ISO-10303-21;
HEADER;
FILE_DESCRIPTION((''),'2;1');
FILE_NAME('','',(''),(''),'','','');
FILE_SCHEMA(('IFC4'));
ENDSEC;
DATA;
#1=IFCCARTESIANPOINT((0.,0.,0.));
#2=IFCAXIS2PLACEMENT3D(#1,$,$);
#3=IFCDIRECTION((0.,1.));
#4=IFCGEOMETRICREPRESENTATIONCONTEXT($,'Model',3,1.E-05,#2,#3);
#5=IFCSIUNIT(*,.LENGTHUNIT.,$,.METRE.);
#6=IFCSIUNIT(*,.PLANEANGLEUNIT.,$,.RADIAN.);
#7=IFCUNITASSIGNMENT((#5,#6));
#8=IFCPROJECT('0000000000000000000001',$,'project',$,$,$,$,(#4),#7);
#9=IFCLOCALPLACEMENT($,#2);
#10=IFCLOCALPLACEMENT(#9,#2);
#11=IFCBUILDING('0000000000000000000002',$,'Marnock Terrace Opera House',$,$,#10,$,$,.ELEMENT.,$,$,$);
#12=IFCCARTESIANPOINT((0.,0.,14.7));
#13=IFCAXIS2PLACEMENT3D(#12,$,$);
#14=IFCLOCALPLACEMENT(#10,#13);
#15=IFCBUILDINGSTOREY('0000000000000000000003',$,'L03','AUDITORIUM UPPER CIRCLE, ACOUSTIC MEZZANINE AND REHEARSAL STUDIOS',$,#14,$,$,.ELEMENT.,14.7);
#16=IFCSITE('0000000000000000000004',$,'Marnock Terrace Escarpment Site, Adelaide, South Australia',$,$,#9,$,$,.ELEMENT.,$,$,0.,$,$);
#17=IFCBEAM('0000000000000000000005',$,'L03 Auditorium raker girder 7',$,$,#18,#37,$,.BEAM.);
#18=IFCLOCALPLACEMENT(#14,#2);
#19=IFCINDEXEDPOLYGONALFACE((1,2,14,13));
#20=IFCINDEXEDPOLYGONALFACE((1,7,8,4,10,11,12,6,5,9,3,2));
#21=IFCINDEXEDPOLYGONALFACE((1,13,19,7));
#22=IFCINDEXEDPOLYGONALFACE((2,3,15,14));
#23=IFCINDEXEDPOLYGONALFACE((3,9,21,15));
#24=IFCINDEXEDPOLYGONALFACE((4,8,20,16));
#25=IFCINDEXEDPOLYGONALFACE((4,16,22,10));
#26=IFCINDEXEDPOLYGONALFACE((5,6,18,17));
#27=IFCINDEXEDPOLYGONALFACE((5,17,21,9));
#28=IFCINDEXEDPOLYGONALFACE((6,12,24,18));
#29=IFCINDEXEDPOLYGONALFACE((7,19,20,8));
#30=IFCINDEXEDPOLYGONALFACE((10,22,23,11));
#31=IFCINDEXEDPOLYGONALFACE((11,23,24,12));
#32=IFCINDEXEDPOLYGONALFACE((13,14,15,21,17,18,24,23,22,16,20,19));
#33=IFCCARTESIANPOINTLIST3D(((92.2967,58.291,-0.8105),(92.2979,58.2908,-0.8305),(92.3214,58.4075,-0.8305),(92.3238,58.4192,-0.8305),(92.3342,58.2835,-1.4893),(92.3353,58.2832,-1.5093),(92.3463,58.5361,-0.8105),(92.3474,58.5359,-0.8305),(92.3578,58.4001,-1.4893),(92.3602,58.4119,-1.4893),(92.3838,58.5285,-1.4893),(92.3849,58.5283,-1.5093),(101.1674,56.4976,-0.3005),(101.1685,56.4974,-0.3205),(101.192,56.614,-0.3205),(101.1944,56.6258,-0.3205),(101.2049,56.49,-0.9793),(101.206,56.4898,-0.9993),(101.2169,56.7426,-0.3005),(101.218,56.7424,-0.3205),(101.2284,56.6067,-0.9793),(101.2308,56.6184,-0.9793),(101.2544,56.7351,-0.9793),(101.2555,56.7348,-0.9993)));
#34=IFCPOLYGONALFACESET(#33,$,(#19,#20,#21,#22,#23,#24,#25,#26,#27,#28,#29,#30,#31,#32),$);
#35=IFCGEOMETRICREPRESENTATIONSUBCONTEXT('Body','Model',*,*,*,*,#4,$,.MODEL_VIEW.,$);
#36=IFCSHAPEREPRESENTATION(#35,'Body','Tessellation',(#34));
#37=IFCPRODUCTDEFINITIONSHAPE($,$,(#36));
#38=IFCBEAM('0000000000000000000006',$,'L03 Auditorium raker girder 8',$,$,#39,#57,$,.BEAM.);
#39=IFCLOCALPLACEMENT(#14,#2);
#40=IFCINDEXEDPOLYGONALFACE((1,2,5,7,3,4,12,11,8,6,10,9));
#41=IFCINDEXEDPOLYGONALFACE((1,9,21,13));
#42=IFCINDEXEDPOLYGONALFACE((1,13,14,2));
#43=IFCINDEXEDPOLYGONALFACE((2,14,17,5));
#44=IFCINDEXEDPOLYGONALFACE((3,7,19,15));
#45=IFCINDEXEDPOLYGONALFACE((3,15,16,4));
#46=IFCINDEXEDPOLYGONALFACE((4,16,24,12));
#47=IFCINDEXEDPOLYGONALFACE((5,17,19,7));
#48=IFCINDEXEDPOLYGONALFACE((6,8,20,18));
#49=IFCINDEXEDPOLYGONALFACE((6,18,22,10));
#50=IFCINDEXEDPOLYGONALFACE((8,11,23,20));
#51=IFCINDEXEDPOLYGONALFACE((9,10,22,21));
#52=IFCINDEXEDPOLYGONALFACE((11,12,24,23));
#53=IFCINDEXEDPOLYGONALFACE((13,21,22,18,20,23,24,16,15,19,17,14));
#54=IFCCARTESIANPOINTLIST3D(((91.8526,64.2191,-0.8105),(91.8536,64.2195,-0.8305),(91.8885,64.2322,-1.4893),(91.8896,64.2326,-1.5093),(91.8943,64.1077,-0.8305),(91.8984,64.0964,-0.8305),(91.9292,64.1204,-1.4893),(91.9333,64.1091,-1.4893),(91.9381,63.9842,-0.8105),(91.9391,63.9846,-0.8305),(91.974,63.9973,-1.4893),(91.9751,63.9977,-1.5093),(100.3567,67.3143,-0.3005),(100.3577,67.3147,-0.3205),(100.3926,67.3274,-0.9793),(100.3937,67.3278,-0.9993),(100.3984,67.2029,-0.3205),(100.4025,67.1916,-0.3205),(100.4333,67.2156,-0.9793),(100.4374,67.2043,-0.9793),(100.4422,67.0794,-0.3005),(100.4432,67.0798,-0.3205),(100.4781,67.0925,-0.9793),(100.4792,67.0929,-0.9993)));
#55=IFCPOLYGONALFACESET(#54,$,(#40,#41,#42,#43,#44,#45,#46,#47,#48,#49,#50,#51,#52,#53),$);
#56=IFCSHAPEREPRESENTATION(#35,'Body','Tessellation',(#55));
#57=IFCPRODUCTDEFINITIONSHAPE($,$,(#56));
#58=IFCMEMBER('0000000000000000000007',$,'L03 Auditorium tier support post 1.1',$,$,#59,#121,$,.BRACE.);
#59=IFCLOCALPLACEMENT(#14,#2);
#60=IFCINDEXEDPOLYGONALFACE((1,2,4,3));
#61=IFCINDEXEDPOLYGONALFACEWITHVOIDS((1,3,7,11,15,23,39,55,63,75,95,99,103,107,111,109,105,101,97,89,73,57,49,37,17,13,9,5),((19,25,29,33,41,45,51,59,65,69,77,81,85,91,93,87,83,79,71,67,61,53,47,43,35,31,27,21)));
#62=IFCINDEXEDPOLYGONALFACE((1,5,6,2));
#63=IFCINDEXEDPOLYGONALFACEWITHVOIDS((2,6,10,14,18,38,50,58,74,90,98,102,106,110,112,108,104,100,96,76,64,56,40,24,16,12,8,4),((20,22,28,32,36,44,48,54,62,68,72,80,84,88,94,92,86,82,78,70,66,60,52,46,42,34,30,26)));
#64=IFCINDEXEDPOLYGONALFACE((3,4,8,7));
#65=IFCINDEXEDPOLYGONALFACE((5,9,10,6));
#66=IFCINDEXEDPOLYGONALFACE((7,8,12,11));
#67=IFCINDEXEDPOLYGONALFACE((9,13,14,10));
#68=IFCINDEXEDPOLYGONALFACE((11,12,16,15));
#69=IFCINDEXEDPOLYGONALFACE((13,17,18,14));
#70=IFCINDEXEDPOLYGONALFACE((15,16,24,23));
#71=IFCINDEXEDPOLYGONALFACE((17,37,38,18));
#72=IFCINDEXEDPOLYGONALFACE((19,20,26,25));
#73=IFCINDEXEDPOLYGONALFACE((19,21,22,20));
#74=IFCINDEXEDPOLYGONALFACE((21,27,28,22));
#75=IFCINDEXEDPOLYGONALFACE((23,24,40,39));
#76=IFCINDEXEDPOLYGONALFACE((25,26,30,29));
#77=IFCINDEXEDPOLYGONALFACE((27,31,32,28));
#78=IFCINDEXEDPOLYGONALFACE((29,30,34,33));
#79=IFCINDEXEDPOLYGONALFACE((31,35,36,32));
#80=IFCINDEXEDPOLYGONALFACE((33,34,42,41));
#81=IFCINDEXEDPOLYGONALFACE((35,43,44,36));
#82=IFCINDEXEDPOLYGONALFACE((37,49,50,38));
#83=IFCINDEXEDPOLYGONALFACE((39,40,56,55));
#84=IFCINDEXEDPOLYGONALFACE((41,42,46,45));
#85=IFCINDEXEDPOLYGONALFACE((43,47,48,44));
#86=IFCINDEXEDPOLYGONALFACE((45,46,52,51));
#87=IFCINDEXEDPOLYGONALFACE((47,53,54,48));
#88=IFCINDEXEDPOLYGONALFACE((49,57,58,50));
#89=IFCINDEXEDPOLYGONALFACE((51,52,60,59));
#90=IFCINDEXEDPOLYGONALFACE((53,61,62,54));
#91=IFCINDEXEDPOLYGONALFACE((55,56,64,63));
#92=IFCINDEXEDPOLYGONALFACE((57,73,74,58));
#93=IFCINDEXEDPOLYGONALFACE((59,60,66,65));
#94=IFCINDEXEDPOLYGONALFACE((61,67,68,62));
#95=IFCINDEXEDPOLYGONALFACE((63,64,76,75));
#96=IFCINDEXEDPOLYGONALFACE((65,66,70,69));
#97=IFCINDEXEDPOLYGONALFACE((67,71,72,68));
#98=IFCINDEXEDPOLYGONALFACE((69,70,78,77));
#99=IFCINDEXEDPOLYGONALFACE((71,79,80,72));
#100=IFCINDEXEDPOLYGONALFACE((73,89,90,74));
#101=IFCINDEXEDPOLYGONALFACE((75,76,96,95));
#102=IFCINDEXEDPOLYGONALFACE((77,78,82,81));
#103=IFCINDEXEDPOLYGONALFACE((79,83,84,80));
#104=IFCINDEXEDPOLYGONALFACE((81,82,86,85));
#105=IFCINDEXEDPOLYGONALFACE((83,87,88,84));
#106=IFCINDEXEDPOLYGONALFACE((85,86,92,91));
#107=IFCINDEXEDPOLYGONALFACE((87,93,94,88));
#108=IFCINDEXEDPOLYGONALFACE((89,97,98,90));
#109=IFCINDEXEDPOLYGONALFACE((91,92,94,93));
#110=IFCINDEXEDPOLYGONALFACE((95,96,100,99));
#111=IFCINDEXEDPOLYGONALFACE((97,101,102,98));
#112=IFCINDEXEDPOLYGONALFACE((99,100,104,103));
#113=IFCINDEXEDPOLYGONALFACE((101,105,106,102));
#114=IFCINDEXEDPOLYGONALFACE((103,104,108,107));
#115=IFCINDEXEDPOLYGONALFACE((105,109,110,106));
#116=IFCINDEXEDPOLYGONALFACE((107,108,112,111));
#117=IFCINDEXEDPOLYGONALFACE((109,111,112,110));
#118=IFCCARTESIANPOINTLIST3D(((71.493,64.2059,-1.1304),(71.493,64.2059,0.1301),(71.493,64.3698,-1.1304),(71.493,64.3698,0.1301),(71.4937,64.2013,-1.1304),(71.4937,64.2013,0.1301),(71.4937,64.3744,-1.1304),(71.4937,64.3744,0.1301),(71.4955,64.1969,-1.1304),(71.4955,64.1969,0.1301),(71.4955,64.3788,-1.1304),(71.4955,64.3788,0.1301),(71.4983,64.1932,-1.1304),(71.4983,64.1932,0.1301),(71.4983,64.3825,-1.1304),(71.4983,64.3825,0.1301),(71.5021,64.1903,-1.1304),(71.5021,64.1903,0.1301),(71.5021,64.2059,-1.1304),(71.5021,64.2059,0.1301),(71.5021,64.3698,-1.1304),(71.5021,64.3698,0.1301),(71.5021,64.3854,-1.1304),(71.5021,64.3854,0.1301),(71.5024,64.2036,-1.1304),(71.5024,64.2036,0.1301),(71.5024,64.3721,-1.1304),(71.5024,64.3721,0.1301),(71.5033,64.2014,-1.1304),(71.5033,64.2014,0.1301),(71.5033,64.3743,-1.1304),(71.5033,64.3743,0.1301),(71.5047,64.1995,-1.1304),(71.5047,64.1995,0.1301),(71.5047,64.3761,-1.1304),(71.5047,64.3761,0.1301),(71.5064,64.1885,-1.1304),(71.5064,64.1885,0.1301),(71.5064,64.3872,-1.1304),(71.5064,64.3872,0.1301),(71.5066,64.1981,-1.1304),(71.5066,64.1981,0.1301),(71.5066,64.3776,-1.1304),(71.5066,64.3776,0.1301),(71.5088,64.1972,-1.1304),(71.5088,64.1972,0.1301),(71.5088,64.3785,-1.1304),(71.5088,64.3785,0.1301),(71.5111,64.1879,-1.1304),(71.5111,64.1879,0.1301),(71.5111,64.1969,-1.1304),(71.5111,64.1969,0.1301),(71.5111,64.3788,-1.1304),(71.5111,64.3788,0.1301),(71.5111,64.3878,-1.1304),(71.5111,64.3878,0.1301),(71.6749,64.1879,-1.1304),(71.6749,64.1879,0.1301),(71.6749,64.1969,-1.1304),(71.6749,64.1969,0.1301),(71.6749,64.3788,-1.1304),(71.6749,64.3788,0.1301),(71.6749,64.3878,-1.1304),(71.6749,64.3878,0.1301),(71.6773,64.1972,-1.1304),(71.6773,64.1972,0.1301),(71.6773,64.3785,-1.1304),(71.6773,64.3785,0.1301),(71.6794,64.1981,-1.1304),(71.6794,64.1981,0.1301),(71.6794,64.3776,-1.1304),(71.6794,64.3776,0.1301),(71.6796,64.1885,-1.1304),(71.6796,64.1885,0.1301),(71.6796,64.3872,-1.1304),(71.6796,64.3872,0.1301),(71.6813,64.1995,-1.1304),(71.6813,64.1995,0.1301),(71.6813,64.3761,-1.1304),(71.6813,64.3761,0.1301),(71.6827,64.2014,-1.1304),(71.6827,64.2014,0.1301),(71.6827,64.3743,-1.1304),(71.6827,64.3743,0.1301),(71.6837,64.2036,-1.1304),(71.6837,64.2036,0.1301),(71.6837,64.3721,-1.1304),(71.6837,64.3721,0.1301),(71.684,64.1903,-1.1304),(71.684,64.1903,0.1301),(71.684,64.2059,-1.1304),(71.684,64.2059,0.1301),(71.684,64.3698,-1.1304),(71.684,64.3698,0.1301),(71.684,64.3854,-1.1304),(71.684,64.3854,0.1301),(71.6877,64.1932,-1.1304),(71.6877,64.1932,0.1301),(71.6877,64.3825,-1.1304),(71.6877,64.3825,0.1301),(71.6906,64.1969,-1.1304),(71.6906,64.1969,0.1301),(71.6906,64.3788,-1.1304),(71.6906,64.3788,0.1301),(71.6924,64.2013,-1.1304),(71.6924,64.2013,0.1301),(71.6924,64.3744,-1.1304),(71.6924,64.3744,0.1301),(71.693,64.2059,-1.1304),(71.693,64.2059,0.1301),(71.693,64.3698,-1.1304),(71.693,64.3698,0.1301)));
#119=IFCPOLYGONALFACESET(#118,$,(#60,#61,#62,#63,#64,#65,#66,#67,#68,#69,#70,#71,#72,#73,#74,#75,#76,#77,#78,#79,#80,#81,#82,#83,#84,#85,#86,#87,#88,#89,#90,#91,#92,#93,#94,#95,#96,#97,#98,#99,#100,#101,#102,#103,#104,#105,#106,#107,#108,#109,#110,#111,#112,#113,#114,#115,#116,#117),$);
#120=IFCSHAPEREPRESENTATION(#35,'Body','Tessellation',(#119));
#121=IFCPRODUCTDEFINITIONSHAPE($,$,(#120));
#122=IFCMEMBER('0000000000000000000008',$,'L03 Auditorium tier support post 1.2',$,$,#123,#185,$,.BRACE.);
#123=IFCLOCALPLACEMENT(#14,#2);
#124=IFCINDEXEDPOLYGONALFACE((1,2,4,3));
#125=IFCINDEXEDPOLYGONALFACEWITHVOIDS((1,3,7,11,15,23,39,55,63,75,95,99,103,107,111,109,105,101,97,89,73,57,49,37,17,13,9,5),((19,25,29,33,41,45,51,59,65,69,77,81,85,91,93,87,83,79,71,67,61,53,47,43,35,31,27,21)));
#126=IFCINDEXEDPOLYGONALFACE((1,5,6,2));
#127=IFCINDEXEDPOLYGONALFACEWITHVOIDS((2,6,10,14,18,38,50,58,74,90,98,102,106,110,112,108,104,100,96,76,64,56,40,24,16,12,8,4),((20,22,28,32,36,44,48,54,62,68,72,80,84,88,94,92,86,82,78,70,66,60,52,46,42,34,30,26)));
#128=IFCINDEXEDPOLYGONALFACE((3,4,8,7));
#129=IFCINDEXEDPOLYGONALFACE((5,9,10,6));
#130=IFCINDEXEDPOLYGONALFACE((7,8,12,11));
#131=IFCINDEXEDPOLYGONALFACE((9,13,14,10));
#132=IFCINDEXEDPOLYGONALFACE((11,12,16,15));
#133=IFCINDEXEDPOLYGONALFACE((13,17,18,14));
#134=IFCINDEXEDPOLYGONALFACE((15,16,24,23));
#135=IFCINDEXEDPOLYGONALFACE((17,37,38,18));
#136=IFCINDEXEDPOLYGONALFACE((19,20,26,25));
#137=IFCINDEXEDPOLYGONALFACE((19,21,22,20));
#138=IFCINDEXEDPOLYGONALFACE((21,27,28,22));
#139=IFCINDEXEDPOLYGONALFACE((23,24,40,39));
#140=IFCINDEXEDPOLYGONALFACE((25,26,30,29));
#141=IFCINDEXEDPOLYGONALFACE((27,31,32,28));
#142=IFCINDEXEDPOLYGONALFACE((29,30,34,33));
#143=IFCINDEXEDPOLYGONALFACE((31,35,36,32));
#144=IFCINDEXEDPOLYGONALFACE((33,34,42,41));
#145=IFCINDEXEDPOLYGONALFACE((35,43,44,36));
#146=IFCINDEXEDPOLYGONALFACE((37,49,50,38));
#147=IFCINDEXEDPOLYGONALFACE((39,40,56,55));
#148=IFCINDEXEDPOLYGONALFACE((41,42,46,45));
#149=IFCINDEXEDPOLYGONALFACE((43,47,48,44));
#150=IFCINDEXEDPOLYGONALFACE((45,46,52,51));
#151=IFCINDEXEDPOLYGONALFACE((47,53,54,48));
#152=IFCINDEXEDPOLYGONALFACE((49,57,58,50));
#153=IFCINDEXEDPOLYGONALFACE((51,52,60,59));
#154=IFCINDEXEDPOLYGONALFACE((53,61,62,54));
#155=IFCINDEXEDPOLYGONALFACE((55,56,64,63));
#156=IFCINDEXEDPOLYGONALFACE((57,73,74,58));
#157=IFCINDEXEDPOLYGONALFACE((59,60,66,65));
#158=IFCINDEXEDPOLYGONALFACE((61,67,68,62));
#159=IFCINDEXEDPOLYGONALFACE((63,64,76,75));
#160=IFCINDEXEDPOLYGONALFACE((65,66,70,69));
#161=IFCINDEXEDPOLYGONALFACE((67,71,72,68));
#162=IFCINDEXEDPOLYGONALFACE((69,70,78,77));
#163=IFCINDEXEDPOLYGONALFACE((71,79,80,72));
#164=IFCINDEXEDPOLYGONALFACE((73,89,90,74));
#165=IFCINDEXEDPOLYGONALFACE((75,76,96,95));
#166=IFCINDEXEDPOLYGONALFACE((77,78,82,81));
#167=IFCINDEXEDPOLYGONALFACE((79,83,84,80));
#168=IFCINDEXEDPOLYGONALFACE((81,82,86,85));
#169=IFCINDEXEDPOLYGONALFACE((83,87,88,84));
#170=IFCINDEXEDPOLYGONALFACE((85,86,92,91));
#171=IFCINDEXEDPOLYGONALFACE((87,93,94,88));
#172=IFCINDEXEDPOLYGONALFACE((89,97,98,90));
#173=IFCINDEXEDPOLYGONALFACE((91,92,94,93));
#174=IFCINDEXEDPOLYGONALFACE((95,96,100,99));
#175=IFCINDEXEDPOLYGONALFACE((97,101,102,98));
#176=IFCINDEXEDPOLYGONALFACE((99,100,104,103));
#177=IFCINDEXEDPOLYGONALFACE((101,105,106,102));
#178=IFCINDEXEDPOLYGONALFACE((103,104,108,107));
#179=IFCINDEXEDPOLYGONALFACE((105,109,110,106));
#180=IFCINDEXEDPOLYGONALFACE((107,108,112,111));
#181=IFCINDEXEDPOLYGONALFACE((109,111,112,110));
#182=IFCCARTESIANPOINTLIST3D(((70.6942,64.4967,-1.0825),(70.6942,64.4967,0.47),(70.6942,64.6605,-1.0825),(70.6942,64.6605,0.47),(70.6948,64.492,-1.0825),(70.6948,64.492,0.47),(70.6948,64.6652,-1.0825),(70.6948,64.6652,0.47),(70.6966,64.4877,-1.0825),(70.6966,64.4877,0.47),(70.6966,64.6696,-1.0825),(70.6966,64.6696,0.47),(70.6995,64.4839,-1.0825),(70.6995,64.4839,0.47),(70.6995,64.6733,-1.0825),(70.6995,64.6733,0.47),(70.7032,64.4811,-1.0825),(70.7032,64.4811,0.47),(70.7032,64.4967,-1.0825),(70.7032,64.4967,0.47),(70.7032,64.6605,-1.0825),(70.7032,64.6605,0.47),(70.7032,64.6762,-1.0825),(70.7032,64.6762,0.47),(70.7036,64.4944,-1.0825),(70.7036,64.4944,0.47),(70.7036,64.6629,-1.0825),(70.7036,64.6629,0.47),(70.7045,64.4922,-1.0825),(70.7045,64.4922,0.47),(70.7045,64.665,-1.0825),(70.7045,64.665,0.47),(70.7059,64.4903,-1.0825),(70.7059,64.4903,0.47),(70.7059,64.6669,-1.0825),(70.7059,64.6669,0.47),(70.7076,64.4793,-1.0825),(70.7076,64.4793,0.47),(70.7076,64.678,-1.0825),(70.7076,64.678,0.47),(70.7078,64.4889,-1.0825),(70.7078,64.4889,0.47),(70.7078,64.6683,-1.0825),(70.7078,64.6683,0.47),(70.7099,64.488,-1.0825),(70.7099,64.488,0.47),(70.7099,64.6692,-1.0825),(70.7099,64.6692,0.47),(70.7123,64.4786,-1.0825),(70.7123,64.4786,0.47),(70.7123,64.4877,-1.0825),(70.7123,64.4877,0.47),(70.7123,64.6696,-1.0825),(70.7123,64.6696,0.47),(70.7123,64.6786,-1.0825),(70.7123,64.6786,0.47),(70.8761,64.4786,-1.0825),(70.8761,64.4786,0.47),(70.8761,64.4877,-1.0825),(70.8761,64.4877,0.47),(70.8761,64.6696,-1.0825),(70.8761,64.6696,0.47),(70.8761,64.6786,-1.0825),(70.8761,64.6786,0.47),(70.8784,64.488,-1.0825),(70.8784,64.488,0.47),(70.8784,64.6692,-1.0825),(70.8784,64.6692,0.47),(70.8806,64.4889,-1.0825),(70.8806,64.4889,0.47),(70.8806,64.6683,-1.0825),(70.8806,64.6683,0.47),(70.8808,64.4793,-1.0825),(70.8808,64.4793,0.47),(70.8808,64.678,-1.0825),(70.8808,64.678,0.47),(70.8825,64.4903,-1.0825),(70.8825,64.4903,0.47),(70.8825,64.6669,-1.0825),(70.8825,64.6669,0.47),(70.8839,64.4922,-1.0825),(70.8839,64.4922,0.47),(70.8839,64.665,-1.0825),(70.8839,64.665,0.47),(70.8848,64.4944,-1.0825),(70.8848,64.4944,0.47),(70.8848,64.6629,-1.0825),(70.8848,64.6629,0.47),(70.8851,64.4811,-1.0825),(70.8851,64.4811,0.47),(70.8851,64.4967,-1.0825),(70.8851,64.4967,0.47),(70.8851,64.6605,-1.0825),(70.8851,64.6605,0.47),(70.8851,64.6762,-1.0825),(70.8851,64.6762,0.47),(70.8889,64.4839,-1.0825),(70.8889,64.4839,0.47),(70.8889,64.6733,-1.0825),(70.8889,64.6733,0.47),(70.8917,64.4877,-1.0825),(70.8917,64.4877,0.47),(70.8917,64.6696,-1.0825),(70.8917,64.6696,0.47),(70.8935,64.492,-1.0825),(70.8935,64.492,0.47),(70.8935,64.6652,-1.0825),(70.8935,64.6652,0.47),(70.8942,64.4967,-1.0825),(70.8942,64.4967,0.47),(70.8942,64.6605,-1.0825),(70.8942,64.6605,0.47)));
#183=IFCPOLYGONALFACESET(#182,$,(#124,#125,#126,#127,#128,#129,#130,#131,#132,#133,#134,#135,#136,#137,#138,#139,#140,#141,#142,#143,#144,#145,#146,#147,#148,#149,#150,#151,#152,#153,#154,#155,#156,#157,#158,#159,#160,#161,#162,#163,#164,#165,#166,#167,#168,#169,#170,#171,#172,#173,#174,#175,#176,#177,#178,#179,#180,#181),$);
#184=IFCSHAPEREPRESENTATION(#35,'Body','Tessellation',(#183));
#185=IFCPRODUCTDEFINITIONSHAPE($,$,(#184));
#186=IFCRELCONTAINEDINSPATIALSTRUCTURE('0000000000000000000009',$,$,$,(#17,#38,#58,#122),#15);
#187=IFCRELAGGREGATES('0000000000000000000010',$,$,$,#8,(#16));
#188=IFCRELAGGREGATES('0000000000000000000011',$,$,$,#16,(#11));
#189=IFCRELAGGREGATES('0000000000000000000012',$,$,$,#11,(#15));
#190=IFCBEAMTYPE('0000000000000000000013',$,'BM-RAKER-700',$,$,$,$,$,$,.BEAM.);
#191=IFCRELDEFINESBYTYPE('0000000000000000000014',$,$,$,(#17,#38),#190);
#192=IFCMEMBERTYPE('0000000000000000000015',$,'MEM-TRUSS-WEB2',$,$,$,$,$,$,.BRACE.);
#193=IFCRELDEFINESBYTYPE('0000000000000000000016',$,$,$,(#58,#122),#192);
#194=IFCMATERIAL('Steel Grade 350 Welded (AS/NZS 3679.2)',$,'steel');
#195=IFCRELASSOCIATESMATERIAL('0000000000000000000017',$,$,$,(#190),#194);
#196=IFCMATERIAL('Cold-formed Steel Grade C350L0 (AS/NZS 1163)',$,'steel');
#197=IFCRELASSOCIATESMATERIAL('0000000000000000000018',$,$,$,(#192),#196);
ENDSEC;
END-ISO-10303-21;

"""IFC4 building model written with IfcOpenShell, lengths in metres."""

from ifc_helpers import new_model, si_unit, direction, frame, origin, origin_2d, place, context, subcontext, project, spatial, hollow_rectangle, i_section, extrude, material, material_profile, profile_set, type_object, element, save


model = new_model("IFC4")

# Units and contexts
model_context = context("Model", 3, precision=1e-05, world=origin(), true_north=direction((0.0, 1.0)))
body_context = subcontext(model_context, "Body", "Model", "MODEL_VIEW")
ifc_project = project(units=[si_unit("LENGTHUNIT", "METRE"), si_unit("PLANEANGLEUNIT", "RADIAN")], contexts=[model_context])

# Site, building, storey
site_placement = place(None, origin())
site = spatial("IfcSite", under=ifc_project, at=site_placement, Name="Marnock Terrace Escarpment Site, Adelaide, South Australia", CompositionType="ELEMENT", RefElevation=0.0)
building_placement = place(site_placement, origin())
building = spatial("IfcBuilding", under=site, at=building_placement, Name="Marnock Terrace Opera House", CompositionType="ELEMENT")
storey_placement = place(building_placement, frame((0.0, 0.0, 14.7)))
storey = spatial("IfcBuildingStorey", under=building, at=storey_placement, Name="L03", Description="AUDITORIUM UPPER CIRCLE, ACOUSTIC MEZZANINE AND REHEARSAL STUDIOS", CompositionType="ELEMENT", Elevation=14.7)

# Beams
ifc_material_1 = material(Name="Steel Grade 350 Welded (AS/NZS 3679.2)", Category="steel")
ifc_material_profile_1 = material_profile(ifc_material_1, i_section(OverallWidth=0.25, OverallDepth=0.7, WebThickness=0.012, FlangeThickness=0.02, at=origin_2d()))
ifc_profile_set_1 = profile_set([ifc_material_profile_1], Name="Steel Grade 350 Welded (AS/NZS 3679.2)")
beam_type = type_object("IfcBeamType", Name="BM-RAKER-700", PredefinedType="BEAM", material=ifc_profile_set_1)
for number, where, z_axis, x_axis, name in (
    (1, (92.3408, 58.4097, -1.1599), (0.978615, -0.197856, 0.056265), (0.19817, 0.980168, 0.0), "L03 Auditorium raker girder 7"),
):
    element("IfcBeam", number, at=place(storey_placement, frame(where, z_axis=z_axis, x_axis=x_axis)), inside=storey, type_object=beam_type, Name=name, PredefinedType="BEAM", context=body_context, shape_type="SweptSolid", body=[
        extrude(i_section(OverallWidth=0.25, OverallDepth=0.7, WebThickness=0.012, FlangeThickness=0.02, at=origin_2d()), origin(), (0.0, 0.0, 1.0), 9.0645),
    ])
beam_1_placement = place(storey_placement, frame((91.9138, 64.1084, -1.1599), z_axis=(0.938205, 0.341474, 0.056266), x_axis=(-0.342016, 0.939694, 0.0)))
element("IfcBeam", 2, at=beam_1_placement, inside=storey, type_object=beam_type, Name="L03 Auditorium raker girder 8", PredefinedType="BEAM", context=body_context, shape_type="SweptSolid", body=[
    extrude(i_section(OverallWidth=0.25, OverallDepth=0.7, WebThickness=0.012, FlangeThickness=0.02, at=origin_2d()), origin(), (0.0, 0.0, 1.0), 9.0642),
])

# Members
ifc_material_2 = material(Name="Cold-formed Steel Grade C350L0 (AS/NZS 1163)", Category="steel")
ifc_material_profile_2 = material_profile(ifc_material_2, hollow_rectangle(XDim=0.2, YDim=0.2, WallThickness=0.009, InnerFilletRadius=0.009, OuterFilletRadius=0.0181, at=origin_2d()))
ifc_profile_set_2 = profile_set([ifc_material_profile_2], Name="Cold-formed Steel Grade C350L0 (AS/NZS 1163)")
member_type = type_object("IfcMemberType", Name="MEM-TRUSS-WEB2", PredefinedType="BRACE", material=ifc_profile_set_2)
member_1_placement = place(storey_placement, frame((71.593, 64.2878, -1.1304), z_axis=(0.0, 0.0, 1.0), x_axis=(1.0, 0.0, 0.0)))
element("IfcMember", 3, at=member_1_placement, inside=storey, type_object=member_type, Name="L03 Auditorium tier support post 1.1", PredefinedType="BRACE", context=body_context, shape_type="SweptSolid", body=[
    extrude(hollow_rectangle(XDim=0.2, YDim=0.2, WallThickness=0.009, InnerFilletRadius=0.009, OuterFilletRadius=0.0181, at=origin_2d()), origin(), (0.0, 0.0, 1.0), 1.2605),
])
member_2_placement = place(storey_placement, frame((70.7942, 64.5786, -1.0825), z_axis=(0.0, 0.0, 1.0), x_axis=(1.0, 0.0, 0.0)))
element("IfcMember", 4, at=member_2_placement, inside=storey, type_object=member_type, Name="L03 Auditorium tier support post 1.2", PredefinedType="BRACE", context=body_context, shape_type="SweptSolid", body=[
    extrude(hollow_rectangle(XDim=0.2, YDim=0.2, WallThickness=0.009, InnerFilletRadius=0.009, OuterFilletRadius=0.0181, at=origin_2d()), origin(), (0.0, 0.0, 1.0), 1.5525),
])

save(model, "model.ifc")
